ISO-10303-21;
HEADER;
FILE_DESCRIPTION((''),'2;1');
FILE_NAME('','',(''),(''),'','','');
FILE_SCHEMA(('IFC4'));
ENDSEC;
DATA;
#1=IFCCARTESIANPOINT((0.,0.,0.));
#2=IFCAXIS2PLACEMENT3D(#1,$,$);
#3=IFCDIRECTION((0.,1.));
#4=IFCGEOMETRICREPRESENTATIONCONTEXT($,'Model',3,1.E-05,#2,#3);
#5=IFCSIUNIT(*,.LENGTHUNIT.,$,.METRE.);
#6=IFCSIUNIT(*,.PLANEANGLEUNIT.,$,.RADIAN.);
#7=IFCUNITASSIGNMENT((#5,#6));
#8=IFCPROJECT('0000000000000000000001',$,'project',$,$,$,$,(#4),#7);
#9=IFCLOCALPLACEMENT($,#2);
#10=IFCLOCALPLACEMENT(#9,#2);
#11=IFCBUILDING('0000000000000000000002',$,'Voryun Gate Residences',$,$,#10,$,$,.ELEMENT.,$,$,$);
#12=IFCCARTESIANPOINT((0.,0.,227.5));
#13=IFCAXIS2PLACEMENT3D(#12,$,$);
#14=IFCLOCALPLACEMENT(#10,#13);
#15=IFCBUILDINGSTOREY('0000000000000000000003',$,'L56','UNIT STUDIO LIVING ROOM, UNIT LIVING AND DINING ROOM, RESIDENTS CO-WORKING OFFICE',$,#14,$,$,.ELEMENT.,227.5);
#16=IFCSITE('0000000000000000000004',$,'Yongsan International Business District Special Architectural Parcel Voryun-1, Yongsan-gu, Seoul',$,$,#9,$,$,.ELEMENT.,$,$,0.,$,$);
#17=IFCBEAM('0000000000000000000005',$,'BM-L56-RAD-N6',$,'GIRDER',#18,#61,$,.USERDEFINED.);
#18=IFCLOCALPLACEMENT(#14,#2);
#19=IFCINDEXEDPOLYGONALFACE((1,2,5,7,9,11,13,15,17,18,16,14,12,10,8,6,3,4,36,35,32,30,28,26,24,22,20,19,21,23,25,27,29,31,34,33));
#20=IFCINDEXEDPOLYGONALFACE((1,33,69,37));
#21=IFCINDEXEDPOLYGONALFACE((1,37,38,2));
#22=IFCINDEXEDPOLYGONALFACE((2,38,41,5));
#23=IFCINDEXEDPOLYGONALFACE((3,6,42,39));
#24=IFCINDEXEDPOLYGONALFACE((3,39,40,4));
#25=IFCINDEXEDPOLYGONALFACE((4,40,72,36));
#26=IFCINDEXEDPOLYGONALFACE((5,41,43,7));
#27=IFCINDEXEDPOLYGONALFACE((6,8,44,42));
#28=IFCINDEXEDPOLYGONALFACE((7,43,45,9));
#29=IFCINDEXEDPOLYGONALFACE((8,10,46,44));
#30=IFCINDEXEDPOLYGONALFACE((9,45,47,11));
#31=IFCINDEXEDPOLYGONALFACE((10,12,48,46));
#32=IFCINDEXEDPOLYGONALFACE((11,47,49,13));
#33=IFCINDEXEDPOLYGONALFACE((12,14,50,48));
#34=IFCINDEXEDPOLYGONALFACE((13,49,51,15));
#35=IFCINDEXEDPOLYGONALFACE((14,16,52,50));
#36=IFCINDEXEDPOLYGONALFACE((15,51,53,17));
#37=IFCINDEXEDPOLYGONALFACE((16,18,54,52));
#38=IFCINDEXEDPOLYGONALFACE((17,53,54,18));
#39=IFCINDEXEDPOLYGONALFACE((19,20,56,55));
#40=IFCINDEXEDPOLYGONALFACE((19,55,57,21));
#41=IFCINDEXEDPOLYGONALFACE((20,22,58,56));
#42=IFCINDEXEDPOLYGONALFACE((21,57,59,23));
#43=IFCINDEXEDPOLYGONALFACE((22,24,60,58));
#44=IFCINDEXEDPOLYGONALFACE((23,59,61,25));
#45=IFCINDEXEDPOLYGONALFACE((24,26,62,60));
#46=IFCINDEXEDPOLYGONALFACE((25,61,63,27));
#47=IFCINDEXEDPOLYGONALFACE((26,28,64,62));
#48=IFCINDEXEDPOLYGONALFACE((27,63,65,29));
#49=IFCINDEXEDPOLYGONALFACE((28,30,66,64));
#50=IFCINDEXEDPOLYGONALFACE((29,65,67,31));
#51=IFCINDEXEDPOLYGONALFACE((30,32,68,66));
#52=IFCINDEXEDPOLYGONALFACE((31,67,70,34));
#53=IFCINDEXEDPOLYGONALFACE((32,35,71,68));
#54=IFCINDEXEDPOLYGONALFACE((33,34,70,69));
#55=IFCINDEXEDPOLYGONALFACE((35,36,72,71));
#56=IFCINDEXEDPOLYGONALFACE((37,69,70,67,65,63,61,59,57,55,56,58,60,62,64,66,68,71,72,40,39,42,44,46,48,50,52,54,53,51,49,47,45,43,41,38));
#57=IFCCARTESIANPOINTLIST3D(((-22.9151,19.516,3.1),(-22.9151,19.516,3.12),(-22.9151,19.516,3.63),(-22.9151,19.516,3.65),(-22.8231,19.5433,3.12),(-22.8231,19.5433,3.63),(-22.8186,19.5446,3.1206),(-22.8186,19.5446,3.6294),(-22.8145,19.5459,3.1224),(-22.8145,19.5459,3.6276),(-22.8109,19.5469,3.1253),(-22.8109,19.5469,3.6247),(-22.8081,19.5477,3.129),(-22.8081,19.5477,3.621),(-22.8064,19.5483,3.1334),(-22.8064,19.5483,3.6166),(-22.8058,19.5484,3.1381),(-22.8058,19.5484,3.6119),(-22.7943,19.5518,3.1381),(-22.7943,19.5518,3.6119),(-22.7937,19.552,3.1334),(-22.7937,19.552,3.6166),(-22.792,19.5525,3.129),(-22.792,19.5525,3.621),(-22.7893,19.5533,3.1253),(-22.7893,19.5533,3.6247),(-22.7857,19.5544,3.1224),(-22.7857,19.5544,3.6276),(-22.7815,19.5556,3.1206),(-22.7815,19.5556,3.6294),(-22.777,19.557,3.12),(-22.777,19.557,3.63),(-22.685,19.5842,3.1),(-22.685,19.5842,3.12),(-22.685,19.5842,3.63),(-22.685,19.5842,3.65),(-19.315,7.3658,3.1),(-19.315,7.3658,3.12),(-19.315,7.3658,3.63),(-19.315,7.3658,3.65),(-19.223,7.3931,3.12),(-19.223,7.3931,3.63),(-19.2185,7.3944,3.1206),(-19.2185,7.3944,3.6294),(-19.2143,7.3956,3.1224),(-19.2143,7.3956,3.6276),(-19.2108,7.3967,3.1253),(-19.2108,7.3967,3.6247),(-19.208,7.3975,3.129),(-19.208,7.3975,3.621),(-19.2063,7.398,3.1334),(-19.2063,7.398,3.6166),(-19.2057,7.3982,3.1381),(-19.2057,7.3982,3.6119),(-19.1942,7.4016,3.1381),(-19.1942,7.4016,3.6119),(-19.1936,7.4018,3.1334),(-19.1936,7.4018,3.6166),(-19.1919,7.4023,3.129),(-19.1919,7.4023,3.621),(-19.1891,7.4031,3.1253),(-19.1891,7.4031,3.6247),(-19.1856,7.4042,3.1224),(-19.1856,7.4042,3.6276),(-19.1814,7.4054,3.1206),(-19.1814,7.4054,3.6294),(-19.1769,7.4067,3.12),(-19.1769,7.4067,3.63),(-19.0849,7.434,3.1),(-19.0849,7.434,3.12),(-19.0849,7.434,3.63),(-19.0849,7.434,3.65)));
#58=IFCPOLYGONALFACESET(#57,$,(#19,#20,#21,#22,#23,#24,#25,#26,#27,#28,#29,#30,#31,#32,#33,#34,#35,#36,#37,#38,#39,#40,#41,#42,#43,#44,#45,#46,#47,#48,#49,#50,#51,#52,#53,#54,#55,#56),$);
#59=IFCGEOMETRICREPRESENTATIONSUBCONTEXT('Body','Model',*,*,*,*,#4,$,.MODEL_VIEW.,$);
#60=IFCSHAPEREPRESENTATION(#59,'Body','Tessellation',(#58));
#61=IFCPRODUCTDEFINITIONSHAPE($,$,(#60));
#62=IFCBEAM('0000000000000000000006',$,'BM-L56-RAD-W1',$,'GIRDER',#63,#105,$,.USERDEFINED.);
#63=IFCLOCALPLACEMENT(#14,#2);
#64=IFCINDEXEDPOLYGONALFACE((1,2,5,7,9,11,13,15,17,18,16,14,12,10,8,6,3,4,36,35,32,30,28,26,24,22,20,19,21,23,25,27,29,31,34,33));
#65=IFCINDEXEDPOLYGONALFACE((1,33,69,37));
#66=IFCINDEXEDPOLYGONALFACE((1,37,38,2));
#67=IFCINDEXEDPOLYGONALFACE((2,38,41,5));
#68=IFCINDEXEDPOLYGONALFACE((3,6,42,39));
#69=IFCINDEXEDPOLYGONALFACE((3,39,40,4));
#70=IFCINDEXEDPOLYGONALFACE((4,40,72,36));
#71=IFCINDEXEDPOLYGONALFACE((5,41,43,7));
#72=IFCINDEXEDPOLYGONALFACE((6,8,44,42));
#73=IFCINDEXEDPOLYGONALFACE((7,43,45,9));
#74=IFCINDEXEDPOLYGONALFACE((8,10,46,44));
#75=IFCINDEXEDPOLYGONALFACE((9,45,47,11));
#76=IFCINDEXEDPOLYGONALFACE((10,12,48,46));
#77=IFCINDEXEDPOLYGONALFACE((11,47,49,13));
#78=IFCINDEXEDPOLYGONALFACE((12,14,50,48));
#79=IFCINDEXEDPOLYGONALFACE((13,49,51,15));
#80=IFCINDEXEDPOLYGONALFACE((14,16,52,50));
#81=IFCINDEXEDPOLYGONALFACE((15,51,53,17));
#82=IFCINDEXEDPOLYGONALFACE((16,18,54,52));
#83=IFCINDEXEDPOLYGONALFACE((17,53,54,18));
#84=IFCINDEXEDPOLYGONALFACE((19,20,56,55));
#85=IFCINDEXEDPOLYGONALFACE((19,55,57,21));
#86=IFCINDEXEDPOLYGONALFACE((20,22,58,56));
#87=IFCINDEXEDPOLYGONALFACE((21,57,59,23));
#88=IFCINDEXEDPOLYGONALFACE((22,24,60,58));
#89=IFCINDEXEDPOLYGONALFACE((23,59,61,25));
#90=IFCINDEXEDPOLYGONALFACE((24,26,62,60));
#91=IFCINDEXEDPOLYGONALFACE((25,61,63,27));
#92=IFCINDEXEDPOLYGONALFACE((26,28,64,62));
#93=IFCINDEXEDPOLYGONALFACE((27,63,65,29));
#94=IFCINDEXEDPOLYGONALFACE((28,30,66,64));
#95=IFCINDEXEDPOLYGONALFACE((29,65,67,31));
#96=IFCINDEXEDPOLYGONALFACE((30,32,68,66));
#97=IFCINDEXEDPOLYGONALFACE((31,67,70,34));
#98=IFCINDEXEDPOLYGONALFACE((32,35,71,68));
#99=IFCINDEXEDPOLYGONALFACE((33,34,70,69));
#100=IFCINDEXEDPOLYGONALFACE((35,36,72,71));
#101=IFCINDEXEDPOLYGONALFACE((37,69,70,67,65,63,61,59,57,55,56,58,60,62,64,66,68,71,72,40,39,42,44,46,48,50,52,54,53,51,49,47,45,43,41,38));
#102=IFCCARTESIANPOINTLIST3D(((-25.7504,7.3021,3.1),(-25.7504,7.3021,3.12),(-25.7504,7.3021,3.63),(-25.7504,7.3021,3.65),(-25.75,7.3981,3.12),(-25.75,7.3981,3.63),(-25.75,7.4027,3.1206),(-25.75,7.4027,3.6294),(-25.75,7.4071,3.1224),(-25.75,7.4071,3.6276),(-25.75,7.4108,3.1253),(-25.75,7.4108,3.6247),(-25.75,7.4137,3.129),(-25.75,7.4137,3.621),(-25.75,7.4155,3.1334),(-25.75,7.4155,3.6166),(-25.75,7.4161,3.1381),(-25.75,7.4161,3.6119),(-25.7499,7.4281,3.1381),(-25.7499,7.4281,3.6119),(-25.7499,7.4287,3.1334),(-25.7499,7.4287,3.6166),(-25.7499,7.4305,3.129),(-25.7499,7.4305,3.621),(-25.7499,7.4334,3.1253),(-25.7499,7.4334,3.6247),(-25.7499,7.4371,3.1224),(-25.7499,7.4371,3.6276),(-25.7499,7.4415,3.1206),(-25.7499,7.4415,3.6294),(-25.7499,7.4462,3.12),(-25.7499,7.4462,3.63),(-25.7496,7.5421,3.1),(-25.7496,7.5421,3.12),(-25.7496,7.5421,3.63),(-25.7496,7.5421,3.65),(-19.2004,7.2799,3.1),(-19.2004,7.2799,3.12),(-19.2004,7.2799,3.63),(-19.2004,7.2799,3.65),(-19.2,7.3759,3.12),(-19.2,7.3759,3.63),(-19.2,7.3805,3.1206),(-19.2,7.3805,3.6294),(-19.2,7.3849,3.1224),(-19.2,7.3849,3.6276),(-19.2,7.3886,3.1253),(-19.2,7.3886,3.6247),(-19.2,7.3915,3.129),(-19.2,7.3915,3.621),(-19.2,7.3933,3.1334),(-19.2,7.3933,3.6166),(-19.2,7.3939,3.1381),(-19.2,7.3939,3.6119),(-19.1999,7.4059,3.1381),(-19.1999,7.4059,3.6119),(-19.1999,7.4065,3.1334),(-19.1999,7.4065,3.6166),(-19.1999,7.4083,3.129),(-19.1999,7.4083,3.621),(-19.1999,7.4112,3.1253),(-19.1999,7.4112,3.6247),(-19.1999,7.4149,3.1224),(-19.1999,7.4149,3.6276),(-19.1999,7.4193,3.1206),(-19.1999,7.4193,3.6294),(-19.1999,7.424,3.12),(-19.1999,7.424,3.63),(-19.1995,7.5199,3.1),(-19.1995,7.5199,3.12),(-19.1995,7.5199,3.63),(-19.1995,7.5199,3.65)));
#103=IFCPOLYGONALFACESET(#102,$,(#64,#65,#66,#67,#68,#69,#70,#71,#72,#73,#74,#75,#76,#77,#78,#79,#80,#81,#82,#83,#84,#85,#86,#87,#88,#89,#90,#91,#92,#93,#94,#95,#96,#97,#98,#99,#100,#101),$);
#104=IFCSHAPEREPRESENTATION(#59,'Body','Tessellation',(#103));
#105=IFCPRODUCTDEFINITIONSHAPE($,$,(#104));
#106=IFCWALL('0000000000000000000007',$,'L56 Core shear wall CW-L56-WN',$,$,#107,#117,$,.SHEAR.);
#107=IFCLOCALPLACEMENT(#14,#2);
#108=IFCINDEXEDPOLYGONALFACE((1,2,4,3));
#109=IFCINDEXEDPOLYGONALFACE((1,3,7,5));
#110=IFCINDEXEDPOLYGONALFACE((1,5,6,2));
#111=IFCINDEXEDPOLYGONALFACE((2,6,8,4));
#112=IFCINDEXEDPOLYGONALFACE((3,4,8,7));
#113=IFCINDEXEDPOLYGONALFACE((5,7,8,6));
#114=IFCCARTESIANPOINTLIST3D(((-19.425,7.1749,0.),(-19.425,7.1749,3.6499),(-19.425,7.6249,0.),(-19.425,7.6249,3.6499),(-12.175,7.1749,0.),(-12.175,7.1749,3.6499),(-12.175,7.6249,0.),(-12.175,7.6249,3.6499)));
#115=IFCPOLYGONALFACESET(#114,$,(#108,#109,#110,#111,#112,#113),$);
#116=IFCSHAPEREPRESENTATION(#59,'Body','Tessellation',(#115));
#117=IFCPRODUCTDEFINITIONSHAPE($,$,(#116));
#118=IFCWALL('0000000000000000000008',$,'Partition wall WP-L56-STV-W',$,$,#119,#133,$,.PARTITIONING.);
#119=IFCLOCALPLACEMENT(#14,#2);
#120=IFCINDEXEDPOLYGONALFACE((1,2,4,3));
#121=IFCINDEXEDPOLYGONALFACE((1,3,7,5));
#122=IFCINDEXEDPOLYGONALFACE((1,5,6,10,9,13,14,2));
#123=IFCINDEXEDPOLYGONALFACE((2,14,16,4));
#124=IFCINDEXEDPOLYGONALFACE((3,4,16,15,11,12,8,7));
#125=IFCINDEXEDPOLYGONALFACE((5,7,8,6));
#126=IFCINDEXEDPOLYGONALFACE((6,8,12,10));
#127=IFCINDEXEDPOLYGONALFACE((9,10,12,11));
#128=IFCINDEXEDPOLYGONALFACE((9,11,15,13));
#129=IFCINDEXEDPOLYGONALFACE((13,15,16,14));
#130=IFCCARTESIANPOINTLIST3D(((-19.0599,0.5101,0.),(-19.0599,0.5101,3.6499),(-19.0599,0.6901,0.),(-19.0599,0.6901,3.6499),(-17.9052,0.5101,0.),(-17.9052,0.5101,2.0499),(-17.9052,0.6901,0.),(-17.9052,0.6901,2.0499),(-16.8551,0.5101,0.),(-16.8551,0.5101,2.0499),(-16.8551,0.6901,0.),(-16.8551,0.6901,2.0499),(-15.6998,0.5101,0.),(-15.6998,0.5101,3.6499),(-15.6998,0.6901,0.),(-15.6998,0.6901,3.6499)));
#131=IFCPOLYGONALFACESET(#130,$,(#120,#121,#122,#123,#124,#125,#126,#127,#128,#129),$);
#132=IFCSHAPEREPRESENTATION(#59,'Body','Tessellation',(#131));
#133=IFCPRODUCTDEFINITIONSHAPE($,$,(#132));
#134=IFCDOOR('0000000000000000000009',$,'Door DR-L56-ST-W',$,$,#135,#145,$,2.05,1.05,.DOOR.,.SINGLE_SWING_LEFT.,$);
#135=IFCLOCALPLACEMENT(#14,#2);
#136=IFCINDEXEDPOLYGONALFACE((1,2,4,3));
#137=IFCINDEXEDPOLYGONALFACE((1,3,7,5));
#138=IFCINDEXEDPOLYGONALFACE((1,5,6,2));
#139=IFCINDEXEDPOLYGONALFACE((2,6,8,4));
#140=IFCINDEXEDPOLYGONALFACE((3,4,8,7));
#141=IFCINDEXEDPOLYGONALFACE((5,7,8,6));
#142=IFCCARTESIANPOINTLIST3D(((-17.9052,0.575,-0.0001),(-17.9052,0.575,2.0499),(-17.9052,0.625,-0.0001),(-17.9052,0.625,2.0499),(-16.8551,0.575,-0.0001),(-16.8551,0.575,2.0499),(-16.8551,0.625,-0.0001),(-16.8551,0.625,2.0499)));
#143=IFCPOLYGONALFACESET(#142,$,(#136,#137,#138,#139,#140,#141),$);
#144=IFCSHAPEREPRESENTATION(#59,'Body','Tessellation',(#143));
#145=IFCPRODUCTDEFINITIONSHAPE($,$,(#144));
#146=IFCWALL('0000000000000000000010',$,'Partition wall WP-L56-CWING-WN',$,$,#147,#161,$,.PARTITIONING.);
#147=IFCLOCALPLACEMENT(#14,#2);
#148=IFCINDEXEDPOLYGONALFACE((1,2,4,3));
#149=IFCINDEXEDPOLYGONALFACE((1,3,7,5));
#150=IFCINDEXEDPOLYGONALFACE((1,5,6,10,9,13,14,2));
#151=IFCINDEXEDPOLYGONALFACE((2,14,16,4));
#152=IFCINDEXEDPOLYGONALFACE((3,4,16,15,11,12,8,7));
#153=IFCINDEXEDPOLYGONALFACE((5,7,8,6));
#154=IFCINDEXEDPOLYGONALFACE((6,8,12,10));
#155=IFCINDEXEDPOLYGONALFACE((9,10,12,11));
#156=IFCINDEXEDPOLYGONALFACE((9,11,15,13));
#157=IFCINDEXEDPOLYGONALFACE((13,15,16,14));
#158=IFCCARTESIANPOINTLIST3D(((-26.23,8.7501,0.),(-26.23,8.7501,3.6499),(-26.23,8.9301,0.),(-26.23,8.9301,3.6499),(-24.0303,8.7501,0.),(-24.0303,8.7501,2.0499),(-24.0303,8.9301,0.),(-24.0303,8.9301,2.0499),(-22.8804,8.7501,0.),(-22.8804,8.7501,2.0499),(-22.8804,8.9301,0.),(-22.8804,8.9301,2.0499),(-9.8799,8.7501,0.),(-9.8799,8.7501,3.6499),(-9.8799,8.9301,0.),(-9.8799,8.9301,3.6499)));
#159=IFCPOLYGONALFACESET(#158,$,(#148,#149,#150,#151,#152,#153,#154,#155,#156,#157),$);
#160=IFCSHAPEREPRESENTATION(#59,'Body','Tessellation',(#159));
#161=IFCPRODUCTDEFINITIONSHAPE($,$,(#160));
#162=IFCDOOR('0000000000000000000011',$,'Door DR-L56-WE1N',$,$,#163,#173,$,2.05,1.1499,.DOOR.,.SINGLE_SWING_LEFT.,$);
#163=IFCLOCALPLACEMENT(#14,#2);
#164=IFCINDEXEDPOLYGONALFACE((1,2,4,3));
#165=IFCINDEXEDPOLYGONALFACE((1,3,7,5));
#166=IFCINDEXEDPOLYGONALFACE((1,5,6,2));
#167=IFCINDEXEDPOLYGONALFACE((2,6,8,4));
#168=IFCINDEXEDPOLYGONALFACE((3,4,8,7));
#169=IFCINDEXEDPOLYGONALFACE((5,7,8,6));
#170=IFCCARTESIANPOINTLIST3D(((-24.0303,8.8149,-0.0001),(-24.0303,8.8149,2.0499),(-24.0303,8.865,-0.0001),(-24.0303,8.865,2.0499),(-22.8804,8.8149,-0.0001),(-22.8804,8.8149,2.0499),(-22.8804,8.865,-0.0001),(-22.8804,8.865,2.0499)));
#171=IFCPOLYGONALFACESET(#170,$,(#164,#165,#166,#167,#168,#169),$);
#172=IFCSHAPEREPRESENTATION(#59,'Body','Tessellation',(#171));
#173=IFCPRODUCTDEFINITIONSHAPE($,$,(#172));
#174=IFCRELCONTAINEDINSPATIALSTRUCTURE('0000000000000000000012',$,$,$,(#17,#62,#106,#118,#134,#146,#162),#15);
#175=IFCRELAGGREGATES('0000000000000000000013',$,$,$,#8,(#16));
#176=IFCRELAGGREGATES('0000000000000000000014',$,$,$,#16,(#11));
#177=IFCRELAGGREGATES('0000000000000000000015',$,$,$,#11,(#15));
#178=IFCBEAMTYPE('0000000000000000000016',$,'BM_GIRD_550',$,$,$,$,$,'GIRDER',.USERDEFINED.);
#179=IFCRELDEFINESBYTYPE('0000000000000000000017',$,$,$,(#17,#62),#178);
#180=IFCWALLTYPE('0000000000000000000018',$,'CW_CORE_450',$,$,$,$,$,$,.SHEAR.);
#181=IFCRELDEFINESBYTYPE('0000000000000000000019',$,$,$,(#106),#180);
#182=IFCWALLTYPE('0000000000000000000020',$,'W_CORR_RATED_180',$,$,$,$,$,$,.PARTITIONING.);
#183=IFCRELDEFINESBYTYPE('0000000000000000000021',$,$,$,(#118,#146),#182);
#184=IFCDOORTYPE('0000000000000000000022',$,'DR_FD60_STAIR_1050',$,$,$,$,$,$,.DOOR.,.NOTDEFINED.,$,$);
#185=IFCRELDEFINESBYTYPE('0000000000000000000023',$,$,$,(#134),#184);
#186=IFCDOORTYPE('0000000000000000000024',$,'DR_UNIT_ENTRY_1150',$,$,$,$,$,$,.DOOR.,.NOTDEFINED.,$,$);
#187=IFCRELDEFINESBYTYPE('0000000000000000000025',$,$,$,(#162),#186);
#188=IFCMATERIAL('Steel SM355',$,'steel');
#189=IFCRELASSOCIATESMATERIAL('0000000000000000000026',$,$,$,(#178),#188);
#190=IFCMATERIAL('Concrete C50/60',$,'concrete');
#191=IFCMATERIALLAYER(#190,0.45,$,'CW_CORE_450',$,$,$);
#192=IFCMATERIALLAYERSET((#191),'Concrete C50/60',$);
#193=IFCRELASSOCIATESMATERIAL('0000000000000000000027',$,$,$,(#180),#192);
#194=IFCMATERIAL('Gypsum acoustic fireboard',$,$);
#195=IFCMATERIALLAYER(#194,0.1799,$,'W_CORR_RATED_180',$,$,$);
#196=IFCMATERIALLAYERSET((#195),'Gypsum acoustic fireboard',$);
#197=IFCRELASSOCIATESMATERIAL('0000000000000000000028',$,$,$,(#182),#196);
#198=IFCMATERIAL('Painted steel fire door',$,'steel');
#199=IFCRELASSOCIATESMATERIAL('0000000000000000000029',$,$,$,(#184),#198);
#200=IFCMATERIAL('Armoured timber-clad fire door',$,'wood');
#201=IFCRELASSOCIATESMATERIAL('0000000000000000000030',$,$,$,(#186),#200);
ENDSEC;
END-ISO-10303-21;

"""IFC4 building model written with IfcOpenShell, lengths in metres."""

from ifc_helpers import new_model, si_unit, direction, frame, frame_2d, origin, origin_2d, place, context, subcontext, project, spatial, rectangle, i_section, extrude, material, layer, layer_set, material_profile, profile_set, type_object, element, fill, save


model = new_model("IFC4")

# Units and contexts
model_context = context("Model", 3, precision=1e-05, world=origin(), true_north=direction((0.0, 1.0)))
body_context = subcontext(model_context, "Body", "Model", "MODEL_VIEW")
ifc_project = project(units=[si_unit("LENGTHUNIT", "METRE"), si_unit("PLANEANGLEUNIT", "RADIAN")], contexts=[model_context])

# Site, building, storey
site_placement = place(None, origin())
site = spatial("IfcSite", under=ifc_project, at=site_placement, Name="Yongsan International Business District Special Architectural Parcel Voryun-1, Yongsan-gu, Seoul", CompositionType="ELEMENT", RefElevation=0.0)
building_placement = place(site_placement, origin())
building = spatial("IfcBuilding", under=site, at=building_placement, Name="Voryun Gate Residences", CompositionType="ELEMENT")
storey_placement = place(building_placement, frame((0.0, 0.0, 227.5)))
storey = spatial("IfcBuildingStorey", under=building, at=storey_placement, Name="L56", Description="UNIT STUDIO LIVING ROOM, UNIT LIVING AND DINING ROOM, RESIDENTS CO-WORKING OFFICE", CompositionType="ELEMENT", Elevation=227.5)

# Beams
ifc_material_1 = material(Name="Steel SM355", Category="steel")
ifc_material_profile_1 = material_profile(ifc_material_1, i_section(OverallWidth=0.24, OverallDepth=0.55, WebThickness=0.012, FlangeThickness=0.02, FilletRadius=0.0181, at=origin_2d()), Name="H-550x240x12x20")
ifc_profile_set_1 = profile_set([ifc_material_profile_1], Name="Steel SM355")
beam_type_1 = type_object("IfcBeamType", Name="BM_GIRD_550", ElementType="GIRDER", PredefinedType="USERDEFINED", material=ifc_profile_set_1)
beam_1_placement = place(storey_placement, frame((-19.2, 7.3999, 3.375), z_axis=(-0.284092, 0.958797, 0.0), x_axis=(-0.958797, -0.284092, 0.0)))
element("IfcBeam", 1, at=beam_1_placement, inside=storey, type_object=beam_type_1, Name="BM-L56-RAD-N6", ObjectType="GIRDER", PredefinedType="USERDEFINED", context=body_context, shape_type="SweptSolid", body=[
    extrude(i_section(OverallWidth=0.24, OverallDepth=0.55, WebThickness=0.012, FlangeThickness=0.02, FilletRadius=0.0181, at=origin_2d()), origin(), (0.0, 0.0, 1.0), 12.6724),
])
beam_2_placement = place(storey_placement, frame((-19.2, 7.3999, 3.375), z_axis=(-0.999994, 0.003392, 0.0), x_axis=(-0.003392, -0.999994, 0.0)))
element("IfcBeam", 2, at=beam_2_placement, inside=storey, type_object=beam_type_1, Name="BM-L56-RAD-W1", ObjectType="GIRDER", PredefinedType="USERDEFINED", context=body_context, shape_type="SweptSolid", body=[
    extrude(i_section(OverallWidth=0.24, OverallDepth=0.55, WebThickness=0.012, FlangeThickness=0.02, FilletRadius=0.0181, at=origin_2d()), origin(), (0.0, 0.0, 1.0), 6.55),
])

# Wall
ifc_material_2 = material(Name="Concrete C50/60", Category="concrete")
ifc_layer_1 = layer(ifc_material_2, 0.45, Name="CW_CORE_450")
ifc_layer_set_1 = layer_set([ifc_layer_1], Name="Concrete C50/60")
wall_type_1 = type_object("IfcWallType", Name="CW_CORE_450", PredefinedType="SHEAR", material=ifc_layer_set_1)
wall_1_placement = place(storey_placement, frame((-19.425, 7.3999, 0.0), z_axis=(0.0, 0.0, 1.0), x_axis=(1.0, 0.0, 0.0)))
element("IfcWall", 3, at=wall_1_placement, inside=storey, type_object=wall_type_1, Name="L56 Core shear wall CW-L56-WN", PredefinedType="SHEAR", context=body_context, shape_type="SweptSolid", body=[
    extrude(rectangle(XDim=7.25, YDim=0.45, at=frame_2d((3.625, 0.0))), origin(), (0.0, 0.0, 1.0), 3.6499),
])

# Walls, openings, doors
ifc_material_3 = material(Name="Gypsum acoustic fireboard")
ifc_layer_2 = layer(ifc_material_3, 0.1799, Name="W_CORR_RATED_180")
ifc_layer_set_2 = layer_set([ifc_layer_2], Name="Gypsum acoustic fireboard")
wall_type_2 = type_object("IfcWallType", Name="W_CORR_RATED_180", PredefinedType="PARTITIONING", material=ifc_layer_set_2)
wall_2_placement = place(storey_placement, frame((-19.0601, 0.6001, 0.0), z_axis=(0.0, 0.0, 1.0), x_axis=(1.0, 0.0, 0.0)))
wall_2 = element("IfcWall", 4, at=wall_2_placement, inside=storey, type_object=wall_type_2, Name="Partition wall WP-L56-STV-W", PredefinedType="PARTITIONING", context=body_context, shape_type="SweptSolid", body=[
    extrude(rectangle(XDim=3.3601, YDim=0.1799, at=frame_2d((1.6802, 0.0))), origin(), (0.0, 0.0, 1.0), 3.6499),
])
opening_1_placement = place(wall_2_placement, frame((1.155, 0.0, 0.0)))
opening_1 = element("IfcOpeningElement", 5, at=opening_1_placement, cuts=wall_2, PredefinedType="OPENING", context=body_context, shape_type="SweptSolid", body=[
    extrude(rectangle(XDim=1.05, YDim=2.05, at=frame_2d((0.5249, 1.0249))), frame((0.0, 0.0999, 0.0), z_axis=(0.0, -1.0, 0.0), x_axis=(1.0, 0.0, 0.0)), (0.0, 0.0, 1.0), 0.2),
])
ifc_material_4 = material(Name="Painted steel fire door", Category="steel")
door_type_1 = type_object("IfcDoorType", Name="DR_FD60_STAIR_1050", OperationType="NOTDEFINED", PredefinedType="DOOR", material=ifc_material_4)
door_1_placement = place(opening_1_placement, origin())
door_1 = element("IfcDoor", 6, at=door_1_placement, inside=storey, type_object=door_type_1, Name="Door DR-L56-ST-W", OperationType="SINGLE_SWING_LEFT", OverallHeight=2.05, OverallWidth=1.05, PredefinedType="DOOR", context=body_context, shape_type="SweptSolid", body=[
    extrude(rectangle(XDim=1.05, YDim=2.05, at=frame_2d((0.5249, 1.0249))), frame((0.0, 0.0249, 0.0), z_axis=(0.0, -1.0, 0.0), x_axis=(1.0, 0.0, 0.0)), (0.0, 0.0, 1.0), 0.05),
])
fill(opening_1, door_1)
wall_3_placement = place(storey_placement, frame((-26.23, 8.8401, 0.0), z_axis=(0.0, 0.0, 1.0), x_axis=(1.0, 0.0, 0.0)))
wall_3 = element("IfcWall", 7, at=wall_3_placement, inside=storey, type_object=wall_type_2, Name="Partition wall WP-L56-CWING-WN", PredefinedType="PARTITIONING", context=body_context, shape_type="SweptSolid", body=[
    extrude(rectangle(XDim=16.3501, YDim=0.1799, at=frame_2d((8.175, 0.0))), origin(), (0.0, 0.0, 1.0), 3.6499),
])
opening_2_placement = place(wall_3_placement, frame((2.1997, 0.0, 0.0)))
opening_2 = element("IfcOpeningElement", 8, at=opening_2_placement, cuts=wall_3, PredefinedType="OPENING", context=body_context, shape_type="SweptSolid", body=[
    extrude(rectangle(XDim=1.1499, YDim=2.05, at=frame_2d((0.575, 1.0249))), frame((0.0, 0.0999, 0.0), z_axis=(0.0, -1.0, 0.0), x_axis=(1.0, 0.0, 0.0)), (0.0, 0.0, 1.0), 0.2),
])
ifc_material_5 = material(Name="Armoured timber-clad fire door", Category="wood")
door_type_2 = type_object("IfcDoorType", Name="DR_UNIT_ENTRY_1150", OperationType="NOTDEFINED", PredefinedType="DOOR", material=ifc_material_5)
door_2_placement = place(opening_2_placement, origin())
door_2 = element("IfcDoor", 9, at=door_2_placement, inside=storey, type_object=door_type_2, Name="Door DR-L56-WE1N", OperationType="SINGLE_SWING_LEFT", OverallHeight=2.05, OverallWidth=1.1499, PredefinedType="DOOR", context=body_context, shape_type="SweptSolid", body=[
    extrude(rectangle(XDim=1.1499, YDim=2.05, at=frame_2d((0.575, 1.0249))), frame((0.0, 0.0249, 0.0), z_axis=(0.0, -1.0, 0.0), x_axis=(1.0, 0.0, 0.0)), (0.0, 0.0, 1.0), 0.05),
])
fill(opening_2, door_2)

save(model, "model.ifc")
